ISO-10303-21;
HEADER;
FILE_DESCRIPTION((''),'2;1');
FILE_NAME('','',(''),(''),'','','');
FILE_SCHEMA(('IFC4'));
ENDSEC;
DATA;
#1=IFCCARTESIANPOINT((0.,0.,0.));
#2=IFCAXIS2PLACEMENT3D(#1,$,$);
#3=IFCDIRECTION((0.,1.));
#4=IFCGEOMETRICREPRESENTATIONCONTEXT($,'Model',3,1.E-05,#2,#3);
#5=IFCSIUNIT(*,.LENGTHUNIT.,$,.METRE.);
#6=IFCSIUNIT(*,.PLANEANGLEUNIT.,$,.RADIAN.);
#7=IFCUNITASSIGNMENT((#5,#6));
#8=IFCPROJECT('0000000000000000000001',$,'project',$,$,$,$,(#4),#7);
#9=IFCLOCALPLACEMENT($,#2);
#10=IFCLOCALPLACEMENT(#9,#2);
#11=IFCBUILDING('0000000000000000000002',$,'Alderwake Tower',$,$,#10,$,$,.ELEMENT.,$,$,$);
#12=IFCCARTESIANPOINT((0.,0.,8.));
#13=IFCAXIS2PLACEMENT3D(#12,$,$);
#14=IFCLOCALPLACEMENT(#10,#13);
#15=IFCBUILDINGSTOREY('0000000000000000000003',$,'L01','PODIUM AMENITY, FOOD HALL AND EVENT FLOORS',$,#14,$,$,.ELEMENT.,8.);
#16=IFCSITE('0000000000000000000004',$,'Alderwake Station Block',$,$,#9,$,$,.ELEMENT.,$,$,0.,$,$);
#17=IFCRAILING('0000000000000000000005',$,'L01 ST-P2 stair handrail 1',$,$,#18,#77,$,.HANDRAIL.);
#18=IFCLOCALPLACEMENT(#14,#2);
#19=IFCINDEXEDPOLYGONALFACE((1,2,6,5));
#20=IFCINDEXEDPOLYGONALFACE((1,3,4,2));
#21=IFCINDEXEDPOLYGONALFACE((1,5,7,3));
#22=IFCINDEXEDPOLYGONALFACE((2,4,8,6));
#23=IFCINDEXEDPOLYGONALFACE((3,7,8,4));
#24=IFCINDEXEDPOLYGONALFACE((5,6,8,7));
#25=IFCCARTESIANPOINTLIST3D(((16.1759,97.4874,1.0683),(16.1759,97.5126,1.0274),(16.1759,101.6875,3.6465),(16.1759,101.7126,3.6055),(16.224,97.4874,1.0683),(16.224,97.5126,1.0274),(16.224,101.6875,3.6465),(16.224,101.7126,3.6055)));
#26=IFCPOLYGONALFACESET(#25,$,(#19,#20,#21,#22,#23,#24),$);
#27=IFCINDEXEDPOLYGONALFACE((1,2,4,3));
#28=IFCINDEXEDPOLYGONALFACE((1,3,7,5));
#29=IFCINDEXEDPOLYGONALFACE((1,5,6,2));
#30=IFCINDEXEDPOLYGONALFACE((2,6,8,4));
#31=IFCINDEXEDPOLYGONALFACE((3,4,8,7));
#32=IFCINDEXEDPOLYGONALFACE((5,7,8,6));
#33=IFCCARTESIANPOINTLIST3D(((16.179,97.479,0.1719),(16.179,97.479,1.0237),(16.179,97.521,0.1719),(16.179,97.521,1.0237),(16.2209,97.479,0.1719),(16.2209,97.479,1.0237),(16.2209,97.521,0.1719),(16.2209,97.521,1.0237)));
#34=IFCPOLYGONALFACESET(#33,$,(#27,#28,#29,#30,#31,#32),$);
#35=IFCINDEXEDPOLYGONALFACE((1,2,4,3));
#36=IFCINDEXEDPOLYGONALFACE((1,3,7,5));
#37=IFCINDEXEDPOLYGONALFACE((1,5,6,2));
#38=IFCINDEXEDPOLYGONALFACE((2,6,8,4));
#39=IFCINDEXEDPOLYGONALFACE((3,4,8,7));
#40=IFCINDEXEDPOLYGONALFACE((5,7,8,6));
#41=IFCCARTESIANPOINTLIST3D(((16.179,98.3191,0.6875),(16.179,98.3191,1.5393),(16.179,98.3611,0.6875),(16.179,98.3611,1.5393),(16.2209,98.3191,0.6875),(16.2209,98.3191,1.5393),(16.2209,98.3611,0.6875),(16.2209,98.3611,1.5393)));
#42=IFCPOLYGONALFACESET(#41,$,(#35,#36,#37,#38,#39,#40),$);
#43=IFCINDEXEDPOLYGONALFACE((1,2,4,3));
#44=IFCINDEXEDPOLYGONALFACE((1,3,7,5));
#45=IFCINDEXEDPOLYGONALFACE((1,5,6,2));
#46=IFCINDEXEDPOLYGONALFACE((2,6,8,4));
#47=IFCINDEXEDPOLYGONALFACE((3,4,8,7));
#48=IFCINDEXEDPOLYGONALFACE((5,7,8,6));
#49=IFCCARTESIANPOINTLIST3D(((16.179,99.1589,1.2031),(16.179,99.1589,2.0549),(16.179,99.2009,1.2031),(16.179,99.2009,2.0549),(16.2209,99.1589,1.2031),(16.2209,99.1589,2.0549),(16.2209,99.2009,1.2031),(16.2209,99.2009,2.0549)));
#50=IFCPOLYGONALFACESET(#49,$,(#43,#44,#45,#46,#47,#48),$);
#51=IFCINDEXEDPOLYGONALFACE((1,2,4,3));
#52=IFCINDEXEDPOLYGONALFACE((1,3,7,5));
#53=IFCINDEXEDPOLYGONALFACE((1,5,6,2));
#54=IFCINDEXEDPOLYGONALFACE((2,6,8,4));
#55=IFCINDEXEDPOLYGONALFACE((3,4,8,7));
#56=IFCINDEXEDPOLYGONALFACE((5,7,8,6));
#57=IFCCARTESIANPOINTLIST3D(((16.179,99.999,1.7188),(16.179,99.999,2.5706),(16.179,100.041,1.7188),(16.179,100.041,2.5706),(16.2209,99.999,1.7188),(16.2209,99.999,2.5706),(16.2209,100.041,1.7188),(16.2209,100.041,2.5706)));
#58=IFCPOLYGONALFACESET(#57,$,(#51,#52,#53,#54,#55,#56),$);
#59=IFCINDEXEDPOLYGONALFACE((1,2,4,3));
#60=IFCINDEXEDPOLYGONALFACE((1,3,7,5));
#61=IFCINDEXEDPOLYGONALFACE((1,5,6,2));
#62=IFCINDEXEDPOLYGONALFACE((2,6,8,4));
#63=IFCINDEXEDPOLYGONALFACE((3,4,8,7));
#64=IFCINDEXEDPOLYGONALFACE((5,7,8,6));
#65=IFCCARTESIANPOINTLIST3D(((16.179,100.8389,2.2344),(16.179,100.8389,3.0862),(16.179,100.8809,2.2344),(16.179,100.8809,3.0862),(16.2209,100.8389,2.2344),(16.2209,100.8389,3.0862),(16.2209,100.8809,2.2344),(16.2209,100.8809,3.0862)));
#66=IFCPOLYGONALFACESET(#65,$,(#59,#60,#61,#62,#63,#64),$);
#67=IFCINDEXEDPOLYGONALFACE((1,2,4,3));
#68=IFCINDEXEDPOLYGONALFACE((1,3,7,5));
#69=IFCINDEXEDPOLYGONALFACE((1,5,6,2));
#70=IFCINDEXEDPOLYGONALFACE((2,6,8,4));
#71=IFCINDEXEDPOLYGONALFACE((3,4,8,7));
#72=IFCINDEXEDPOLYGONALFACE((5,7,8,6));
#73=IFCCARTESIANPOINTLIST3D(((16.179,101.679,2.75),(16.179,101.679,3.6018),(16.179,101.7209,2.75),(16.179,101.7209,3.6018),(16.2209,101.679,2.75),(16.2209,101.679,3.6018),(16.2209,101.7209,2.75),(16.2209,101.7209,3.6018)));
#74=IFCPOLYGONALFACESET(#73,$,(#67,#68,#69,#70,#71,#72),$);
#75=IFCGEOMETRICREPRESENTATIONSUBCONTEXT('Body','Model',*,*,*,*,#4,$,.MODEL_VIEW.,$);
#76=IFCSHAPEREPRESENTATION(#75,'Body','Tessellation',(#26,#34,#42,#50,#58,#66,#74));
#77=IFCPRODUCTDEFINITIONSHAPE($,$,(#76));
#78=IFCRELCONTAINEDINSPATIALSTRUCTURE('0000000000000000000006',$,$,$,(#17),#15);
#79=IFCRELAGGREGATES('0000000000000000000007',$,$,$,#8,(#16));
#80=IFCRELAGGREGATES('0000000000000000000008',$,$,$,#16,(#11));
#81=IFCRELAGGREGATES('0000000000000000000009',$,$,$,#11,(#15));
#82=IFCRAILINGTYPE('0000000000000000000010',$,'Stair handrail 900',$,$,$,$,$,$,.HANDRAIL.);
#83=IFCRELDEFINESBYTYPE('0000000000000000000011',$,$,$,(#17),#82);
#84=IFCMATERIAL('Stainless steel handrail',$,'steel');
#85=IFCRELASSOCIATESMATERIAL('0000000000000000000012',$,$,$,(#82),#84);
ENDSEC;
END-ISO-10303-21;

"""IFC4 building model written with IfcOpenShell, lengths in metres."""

from ifc_helpers import new_model, si_unit, direction, frame, origin, origin_2d, place, context, subcontext, project, spatial, rectangle, extrude, material, type_object, element, save


model = new_model("IFC4")

# Units and contexts
model_context = context("Model", 3, precision=1e-05, world=origin(), true_north=direction((0.0, 1.0)))
body_context = subcontext(model_context, "Body", "Model", "MODEL_VIEW")
ifc_project = project(units=[si_unit("LENGTHUNIT", "METRE"), si_unit("PLANEANGLEUNIT", "RADIAN")], contexts=[model_context])

# Site, building, storey
site_placement = place(None, origin())
site = spatial("IfcSite", under=ifc_project, at=site_placement, Name="Alderwake Station Block", CompositionType="ELEMENT", RefElevation=0.0)
building_placement = place(site_placement, origin())
building = spatial("IfcBuilding", under=site, at=building_placement, Name="Alderwake Tower", CompositionType="ELEMENT")
storey_placement = place(building_placement, frame((0.0, 0.0, 8.0)))
storey = spatial("IfcBuildingStorey", under=building, at=storey_placement, Name="L01", Description="PODIUM AMENITY, FOOD HALL AND EVENT FLOORS", CompositionType="ELEMENT", Elevation=8.0)

# Railing
ifc_material_1 = material(Name="Stainless steel handrail", Category="steel")
railing_type_1 = type_object("IfcRailingType", Name="Stair handrail 900", PredefinedType="HANDRAIL", material=ifc_material_1)
railing_1_placement = place(storey_placement, frame((16.2, 97.5, 0.1719)))
element("IfcRailing", 1, at=railing_1_placement, inside=storey, type_object=railing_type_1, Name="L01 ST-P2 stair handrail 1", PredefinedType="HANDRAIL", context=body_context, shape_type="SweptSolid", body=[
    extrude(rectangle(XDim=0.0481, YDim=0.0481, at=origin_2d()), frame((0.0, 0.0, 0.876), z_axis=(0.0, 0.852243, 0.523146), x_axis=(-1.0, 0.0, 0.0)), (0.0, 0.0, 1.0), 4.9282),
    extrude(rectangle(XDim=0.042, YDim=0.042, at=origin_2d()), frame((0.0, 0.0, 0.0), z_axis=(0.0, 0.0, 1.0), x_axis=(0.0, 1.0, 0.0)), (0.0, 0.0, 1.0), 0.8518),
    extrude(rectangle(XDim=0.042, YDim=0.042, at=origin_2d()), frame((0.0, 0.8401, 0.5156), z_axis=(0.0, 0.0, 1.0), x_axis=(0.0, 1.0, 0.0)), (0.0, 0.0, 1.0), 0.8518),
    extrude(rectangle(XDim=0.042, YDim=0.042, at=origin_2d()), frame((0.0, 1.6799, 1.0312), z_axis=(0.0, 0.0, 1.0), x_axis=(0.0, 1.0, 0.0)), (0.0, 0.0, 1.0), 0.8518),
    extrude(rectangle(XDim=0.042, YDim=0.042, at=origin_2d()), frame((0.0, 2.52, 1.5469), z_axis=(0.0, 0.0, 1.0), x_axis=(0.0, 1.0, 0.0)), (0.0, 0.0, 1.0), 0.8518),
    extrude(rectangle(XDim=0.042, YDim=0.042, at=origin_2d()), frame((0.0, 3.3599, 2.0625), z_axis=(0.0, 0.0, 1.0), x_axis=(0.0, 1.0, 0.0)), (0.0, 0.0, 1.0), 0.8518),
    extrude(rectangle(XDim=0.042, YDim=0.042, at=origin_2d()), frame((0.0, 4.2, 2.5781), z_axis=(0.0, 0.0, 1.0), x_axis=(0.0, 1.0, 0.0)), (0.0, 0.0, 1.0), 0.8518),
])

save(model, "model.ifc")
